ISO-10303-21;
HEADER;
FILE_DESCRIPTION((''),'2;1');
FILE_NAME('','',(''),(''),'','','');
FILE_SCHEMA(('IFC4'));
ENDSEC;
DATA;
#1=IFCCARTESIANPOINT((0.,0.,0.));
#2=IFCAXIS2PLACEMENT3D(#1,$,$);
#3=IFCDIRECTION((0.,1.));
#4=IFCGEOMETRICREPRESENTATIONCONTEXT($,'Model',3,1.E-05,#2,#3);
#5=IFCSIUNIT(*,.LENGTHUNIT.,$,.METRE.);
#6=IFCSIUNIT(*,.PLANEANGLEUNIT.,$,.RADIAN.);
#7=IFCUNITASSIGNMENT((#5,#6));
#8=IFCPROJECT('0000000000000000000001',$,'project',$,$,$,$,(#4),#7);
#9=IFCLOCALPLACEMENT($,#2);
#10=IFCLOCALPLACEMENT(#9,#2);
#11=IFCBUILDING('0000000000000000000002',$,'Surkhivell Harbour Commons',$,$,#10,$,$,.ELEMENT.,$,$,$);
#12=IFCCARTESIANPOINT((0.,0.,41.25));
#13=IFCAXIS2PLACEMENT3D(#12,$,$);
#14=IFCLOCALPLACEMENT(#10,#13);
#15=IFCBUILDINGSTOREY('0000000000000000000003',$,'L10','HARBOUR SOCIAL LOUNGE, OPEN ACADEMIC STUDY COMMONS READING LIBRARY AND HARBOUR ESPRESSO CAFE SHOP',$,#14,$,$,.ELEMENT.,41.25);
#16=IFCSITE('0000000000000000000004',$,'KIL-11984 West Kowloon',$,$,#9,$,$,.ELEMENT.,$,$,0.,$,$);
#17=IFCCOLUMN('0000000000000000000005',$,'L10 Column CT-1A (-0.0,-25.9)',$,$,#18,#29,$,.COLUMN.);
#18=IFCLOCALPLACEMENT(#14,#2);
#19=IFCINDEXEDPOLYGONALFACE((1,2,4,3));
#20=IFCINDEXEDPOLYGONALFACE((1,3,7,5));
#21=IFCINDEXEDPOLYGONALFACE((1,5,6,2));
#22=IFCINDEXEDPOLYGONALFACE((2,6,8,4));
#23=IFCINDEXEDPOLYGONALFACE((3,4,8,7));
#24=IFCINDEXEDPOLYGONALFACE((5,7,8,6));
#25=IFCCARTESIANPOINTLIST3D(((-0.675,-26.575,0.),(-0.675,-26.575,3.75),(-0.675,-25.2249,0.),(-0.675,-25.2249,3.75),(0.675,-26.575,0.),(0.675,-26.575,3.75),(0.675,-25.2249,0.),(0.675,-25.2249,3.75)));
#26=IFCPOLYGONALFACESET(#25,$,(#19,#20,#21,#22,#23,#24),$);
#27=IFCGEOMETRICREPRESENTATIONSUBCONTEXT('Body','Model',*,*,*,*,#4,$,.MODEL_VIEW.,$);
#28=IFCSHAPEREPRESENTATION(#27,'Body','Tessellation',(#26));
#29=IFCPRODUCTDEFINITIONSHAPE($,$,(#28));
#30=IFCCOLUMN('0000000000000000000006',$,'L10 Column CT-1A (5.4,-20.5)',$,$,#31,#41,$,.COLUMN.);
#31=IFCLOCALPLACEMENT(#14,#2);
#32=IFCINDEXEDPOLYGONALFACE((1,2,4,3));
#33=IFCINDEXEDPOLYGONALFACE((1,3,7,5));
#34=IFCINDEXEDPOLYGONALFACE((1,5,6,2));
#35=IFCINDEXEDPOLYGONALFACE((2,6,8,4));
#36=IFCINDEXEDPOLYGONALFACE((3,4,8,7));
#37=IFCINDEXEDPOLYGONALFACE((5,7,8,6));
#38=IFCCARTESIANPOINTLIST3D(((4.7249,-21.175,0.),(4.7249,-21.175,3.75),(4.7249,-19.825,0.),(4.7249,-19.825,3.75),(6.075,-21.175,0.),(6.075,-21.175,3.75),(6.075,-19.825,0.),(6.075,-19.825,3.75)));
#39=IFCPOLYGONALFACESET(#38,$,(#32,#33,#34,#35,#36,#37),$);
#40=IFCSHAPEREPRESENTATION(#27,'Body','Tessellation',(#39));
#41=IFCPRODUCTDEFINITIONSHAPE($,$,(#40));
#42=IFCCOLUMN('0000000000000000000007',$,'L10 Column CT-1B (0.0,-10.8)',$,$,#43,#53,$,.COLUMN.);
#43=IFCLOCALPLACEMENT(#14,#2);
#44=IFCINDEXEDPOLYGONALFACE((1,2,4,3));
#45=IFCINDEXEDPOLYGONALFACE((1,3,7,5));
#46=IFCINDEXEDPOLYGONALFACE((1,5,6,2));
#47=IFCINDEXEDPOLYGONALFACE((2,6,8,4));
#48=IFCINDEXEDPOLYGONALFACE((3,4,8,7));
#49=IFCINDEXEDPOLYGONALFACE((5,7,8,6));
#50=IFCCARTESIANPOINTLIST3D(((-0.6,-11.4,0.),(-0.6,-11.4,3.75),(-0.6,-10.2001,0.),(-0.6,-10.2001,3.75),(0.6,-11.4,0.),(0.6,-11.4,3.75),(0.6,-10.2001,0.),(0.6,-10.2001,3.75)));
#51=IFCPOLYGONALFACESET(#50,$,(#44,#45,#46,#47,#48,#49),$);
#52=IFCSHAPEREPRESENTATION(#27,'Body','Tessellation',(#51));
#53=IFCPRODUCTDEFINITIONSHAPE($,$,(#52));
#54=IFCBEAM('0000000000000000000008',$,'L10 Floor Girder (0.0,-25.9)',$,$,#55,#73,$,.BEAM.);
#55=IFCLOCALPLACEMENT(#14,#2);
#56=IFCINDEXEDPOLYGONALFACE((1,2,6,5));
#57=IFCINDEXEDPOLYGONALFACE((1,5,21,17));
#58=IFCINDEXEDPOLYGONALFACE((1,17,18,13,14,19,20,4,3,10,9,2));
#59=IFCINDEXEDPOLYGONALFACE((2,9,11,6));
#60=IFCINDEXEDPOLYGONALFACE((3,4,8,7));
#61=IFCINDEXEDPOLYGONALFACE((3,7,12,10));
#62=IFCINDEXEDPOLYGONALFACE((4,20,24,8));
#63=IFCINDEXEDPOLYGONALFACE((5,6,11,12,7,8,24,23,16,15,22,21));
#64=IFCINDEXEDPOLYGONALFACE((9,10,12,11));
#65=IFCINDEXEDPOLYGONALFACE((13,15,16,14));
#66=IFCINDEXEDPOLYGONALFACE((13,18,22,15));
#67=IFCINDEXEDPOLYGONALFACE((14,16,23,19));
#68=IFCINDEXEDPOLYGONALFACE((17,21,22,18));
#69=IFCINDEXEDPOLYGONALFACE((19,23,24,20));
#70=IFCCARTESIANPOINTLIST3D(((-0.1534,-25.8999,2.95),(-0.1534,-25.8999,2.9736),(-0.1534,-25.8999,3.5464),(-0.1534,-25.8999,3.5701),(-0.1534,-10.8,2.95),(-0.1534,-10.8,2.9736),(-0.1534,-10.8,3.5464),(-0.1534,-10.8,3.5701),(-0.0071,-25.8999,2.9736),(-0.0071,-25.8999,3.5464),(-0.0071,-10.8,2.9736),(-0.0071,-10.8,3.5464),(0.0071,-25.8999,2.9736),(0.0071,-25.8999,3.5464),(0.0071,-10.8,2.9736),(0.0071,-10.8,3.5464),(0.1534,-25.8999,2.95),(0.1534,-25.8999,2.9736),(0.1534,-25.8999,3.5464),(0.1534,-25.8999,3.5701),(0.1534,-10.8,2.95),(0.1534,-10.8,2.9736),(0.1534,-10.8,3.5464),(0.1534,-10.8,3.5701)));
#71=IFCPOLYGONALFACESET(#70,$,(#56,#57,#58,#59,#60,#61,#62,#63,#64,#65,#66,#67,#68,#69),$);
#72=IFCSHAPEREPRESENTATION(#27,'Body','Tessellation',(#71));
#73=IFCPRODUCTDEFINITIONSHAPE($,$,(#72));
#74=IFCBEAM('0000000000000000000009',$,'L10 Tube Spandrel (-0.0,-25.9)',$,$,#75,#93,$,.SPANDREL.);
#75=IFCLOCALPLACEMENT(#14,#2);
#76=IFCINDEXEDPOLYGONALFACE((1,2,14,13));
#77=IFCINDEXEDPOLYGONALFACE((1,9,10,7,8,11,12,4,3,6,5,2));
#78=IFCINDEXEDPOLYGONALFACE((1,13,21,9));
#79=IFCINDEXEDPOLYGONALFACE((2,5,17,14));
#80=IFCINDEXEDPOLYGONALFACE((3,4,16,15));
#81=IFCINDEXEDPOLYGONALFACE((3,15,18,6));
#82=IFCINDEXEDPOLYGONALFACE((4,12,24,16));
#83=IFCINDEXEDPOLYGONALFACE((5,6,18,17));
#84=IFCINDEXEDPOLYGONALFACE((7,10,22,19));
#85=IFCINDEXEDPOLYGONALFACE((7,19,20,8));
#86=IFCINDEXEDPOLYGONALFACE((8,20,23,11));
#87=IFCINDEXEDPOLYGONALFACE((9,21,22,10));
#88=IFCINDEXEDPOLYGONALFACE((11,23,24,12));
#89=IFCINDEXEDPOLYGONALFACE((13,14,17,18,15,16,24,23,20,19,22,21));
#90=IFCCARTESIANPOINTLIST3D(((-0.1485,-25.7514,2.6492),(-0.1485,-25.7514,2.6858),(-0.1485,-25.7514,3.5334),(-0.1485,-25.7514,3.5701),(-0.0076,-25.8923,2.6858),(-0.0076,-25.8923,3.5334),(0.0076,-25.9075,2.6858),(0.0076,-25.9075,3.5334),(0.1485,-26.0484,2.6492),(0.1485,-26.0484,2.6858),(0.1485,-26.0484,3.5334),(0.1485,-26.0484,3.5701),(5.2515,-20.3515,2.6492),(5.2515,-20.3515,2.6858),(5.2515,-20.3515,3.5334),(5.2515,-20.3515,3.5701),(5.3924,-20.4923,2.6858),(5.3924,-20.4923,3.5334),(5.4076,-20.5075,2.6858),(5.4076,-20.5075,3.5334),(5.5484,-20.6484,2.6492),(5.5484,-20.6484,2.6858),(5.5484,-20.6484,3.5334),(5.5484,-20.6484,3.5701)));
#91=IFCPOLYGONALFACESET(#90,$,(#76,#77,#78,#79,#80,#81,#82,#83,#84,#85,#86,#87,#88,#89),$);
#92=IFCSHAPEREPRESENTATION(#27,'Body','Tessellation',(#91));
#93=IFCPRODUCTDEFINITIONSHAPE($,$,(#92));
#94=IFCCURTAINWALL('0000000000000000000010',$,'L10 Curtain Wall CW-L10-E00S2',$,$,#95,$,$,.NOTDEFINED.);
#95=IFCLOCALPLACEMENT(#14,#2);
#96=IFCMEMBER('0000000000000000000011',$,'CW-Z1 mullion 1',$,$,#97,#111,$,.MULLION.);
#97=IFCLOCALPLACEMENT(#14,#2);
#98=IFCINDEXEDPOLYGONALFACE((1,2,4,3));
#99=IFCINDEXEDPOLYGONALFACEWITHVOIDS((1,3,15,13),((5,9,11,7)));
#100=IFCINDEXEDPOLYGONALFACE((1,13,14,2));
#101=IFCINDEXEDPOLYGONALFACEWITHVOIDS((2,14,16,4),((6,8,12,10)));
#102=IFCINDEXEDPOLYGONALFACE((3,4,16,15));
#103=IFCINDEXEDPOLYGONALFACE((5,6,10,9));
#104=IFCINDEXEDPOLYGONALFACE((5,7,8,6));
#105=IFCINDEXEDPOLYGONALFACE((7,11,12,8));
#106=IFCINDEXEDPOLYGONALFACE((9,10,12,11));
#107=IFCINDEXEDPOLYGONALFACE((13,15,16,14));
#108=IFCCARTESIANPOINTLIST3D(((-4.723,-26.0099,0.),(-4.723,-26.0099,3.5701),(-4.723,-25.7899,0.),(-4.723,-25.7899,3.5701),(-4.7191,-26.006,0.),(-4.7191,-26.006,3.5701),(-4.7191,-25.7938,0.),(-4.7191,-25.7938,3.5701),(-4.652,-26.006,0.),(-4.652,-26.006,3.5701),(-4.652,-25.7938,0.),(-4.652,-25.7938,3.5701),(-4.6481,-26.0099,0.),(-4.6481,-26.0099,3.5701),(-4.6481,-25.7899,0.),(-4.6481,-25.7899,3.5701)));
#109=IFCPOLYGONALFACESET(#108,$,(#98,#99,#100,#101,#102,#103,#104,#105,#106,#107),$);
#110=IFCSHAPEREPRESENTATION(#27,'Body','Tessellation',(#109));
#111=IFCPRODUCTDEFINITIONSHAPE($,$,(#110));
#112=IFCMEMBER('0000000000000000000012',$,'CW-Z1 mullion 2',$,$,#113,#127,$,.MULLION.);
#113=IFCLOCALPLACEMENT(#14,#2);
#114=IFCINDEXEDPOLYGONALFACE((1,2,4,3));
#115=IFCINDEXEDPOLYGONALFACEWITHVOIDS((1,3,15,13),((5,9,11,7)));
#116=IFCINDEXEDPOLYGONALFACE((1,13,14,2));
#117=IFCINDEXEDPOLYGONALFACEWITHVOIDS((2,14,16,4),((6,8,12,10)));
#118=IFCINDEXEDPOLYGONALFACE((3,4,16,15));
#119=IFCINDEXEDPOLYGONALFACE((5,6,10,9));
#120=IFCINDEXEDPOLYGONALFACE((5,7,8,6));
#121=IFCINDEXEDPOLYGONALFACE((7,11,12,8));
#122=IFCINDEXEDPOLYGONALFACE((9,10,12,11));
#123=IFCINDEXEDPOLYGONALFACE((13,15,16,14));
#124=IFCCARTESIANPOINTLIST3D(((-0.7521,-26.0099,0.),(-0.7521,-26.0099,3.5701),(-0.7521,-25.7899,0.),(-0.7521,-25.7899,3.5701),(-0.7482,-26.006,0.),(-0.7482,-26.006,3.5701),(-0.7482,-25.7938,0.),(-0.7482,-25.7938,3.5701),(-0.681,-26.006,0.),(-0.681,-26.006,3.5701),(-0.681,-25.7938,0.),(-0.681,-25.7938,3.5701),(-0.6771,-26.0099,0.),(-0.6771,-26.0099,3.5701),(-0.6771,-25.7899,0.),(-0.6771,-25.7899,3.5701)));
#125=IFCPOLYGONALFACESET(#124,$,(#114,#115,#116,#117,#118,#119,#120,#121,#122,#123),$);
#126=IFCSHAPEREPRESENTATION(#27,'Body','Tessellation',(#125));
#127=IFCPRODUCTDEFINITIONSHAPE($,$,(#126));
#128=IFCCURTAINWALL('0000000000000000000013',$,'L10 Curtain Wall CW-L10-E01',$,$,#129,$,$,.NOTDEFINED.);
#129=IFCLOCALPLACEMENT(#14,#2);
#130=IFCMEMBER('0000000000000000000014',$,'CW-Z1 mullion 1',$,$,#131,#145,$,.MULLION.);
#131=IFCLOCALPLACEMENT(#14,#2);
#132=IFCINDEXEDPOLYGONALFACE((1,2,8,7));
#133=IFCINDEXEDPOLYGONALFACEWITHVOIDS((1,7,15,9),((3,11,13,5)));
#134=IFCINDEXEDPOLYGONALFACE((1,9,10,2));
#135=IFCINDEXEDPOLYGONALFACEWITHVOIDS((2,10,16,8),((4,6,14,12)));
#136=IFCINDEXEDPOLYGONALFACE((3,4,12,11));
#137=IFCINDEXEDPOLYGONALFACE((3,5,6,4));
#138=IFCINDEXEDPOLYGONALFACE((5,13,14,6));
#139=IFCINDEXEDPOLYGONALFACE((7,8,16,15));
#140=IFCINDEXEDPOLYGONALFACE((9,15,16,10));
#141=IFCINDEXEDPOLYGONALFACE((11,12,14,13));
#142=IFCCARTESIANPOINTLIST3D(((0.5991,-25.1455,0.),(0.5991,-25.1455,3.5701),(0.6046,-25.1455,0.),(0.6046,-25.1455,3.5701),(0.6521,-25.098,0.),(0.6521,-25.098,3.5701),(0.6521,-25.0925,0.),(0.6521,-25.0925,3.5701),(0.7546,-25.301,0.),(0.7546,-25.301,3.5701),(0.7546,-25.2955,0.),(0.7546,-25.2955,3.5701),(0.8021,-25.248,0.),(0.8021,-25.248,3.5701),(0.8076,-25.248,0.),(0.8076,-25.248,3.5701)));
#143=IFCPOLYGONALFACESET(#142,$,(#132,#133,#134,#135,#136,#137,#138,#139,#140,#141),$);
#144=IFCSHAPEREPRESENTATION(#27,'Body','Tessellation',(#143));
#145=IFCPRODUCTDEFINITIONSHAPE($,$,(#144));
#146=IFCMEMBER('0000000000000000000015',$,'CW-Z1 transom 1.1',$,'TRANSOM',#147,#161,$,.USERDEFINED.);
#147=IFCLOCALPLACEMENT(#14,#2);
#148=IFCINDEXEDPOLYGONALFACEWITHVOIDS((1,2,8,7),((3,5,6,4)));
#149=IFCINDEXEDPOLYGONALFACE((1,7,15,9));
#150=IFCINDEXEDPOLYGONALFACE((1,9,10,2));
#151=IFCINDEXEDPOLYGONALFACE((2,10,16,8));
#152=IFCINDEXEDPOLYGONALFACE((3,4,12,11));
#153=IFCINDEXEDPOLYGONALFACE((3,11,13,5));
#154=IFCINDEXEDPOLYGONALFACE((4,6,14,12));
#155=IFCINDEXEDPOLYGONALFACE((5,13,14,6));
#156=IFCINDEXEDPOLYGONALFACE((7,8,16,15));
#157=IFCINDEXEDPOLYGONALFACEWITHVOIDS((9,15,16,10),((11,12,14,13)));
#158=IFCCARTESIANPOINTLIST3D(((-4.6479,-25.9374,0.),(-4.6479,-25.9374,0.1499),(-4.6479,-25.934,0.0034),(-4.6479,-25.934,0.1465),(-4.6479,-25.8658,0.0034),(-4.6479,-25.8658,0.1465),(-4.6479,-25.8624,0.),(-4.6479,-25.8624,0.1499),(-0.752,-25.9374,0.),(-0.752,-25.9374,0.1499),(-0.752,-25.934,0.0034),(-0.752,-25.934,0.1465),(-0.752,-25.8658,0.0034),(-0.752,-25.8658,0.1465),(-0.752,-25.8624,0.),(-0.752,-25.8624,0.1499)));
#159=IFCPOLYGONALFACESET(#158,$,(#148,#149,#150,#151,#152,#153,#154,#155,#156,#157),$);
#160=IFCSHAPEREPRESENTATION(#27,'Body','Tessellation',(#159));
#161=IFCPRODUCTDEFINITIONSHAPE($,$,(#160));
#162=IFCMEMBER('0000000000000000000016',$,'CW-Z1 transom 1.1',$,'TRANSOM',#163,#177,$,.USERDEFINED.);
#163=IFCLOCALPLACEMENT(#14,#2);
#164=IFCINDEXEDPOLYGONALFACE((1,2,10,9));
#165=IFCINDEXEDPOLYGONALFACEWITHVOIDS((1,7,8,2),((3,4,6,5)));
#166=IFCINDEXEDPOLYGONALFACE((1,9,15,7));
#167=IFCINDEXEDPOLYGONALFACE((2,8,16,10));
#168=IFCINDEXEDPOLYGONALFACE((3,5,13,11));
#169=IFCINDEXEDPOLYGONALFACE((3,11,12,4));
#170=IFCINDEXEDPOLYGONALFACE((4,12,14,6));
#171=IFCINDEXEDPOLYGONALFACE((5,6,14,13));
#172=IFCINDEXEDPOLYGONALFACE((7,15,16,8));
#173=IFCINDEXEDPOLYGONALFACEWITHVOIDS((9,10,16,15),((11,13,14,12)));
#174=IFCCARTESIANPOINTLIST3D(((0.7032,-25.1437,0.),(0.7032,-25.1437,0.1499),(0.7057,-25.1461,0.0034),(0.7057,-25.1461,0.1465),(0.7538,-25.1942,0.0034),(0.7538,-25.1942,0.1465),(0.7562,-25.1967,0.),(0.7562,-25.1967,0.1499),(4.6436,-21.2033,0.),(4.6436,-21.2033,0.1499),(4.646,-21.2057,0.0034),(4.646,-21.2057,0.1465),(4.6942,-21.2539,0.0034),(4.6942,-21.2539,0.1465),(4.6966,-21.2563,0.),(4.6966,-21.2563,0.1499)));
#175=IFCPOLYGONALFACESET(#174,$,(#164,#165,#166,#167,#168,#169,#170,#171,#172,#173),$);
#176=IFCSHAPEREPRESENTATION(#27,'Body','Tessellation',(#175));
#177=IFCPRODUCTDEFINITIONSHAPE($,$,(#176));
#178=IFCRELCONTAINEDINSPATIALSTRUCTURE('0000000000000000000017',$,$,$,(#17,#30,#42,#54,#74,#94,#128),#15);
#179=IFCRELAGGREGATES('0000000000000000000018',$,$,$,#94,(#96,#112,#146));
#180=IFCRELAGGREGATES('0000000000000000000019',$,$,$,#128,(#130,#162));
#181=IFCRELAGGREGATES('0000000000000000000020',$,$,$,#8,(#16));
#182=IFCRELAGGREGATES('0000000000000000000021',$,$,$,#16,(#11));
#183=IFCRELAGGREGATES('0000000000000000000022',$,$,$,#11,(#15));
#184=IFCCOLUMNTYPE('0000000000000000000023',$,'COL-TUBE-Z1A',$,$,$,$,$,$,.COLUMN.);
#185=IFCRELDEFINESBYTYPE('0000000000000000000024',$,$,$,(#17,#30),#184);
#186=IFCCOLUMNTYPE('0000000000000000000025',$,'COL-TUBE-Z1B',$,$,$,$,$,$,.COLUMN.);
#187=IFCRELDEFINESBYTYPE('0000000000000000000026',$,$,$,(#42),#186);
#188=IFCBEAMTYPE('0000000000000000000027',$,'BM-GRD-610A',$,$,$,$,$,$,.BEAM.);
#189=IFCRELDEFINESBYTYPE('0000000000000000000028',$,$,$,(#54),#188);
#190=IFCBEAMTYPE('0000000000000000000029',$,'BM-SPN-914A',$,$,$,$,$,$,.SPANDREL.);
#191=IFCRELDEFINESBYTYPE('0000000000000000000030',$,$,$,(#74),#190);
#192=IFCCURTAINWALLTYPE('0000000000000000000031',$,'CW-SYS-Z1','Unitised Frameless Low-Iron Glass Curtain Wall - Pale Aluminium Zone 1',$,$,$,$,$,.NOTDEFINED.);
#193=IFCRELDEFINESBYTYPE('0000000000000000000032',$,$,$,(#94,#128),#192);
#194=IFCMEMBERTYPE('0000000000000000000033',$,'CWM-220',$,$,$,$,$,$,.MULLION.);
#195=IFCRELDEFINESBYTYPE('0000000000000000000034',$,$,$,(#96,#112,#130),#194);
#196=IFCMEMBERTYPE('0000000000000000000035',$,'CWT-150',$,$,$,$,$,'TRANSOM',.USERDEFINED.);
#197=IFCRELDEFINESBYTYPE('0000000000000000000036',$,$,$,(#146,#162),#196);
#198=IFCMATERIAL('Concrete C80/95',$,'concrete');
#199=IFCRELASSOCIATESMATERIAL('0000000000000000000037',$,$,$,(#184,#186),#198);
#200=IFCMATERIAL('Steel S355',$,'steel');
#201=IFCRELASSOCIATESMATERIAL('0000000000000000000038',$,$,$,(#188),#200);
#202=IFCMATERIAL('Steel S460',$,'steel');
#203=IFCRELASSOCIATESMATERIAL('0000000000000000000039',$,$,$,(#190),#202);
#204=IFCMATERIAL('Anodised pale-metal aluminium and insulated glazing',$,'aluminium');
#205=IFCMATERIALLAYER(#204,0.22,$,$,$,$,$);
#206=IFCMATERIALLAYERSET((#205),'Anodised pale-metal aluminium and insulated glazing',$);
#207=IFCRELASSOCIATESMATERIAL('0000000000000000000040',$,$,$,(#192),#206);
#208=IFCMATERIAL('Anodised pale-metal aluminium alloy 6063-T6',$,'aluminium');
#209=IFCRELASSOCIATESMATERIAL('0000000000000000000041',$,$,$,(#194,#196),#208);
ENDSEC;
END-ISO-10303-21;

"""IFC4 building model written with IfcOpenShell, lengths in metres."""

from ifc_helpers import new_model, si_unit, direction, frame, origin, origin_2d, place, context, subcontext, project, spatial, rectangle, hollow_rectangle, i_section, extrude, material, layer, layer_set, material_profile, profile_set, type_object, element, aggregate, save


model = new_model("IFC4")

# Units and contexts
model_context = context("Model", 3, precision=1e-05, world=origin(), true_north=direction((0.0, 1.0)))
body_context = subcontext(model_context, "Body", "Model", "MODEL_VIEW")
ifc_project = project(units=[si_unit("LENGTHUNIT", "METRE"), si_unit("PLANEANGLEUNIT", "RADIAN")], contexts=[model_context])

# Site, building, storey
site_placement = place(None, origin())
site = spatial("IfcSite", under=ifc_project, at=site_placement, Name="KIL-11984 West Kowloon", CompositionType="ELEMENT", RefElevation=0.0)
building_placement = place(site_placement, origin())
building = spatial("IfcBuilding", under=site, at=building_placement, Name="Surkhivell Harbour Commons", CompositionType="ELEMENT")
storey_placement = place(building_placement, frame((0.0, 0.0, 41.25)))
storey = spatial("IfcBuildingStorey", under=building, at=storey_placement, Name="L10", Description="HARBOUR SOCIAL LOUNGE, OPEN ACADEMIC STUDY COMMONS READING LIBRARY AND HARBOUR ESPRESSO CAFE SHOP", CompositionType="ELEMENT", Elevation=41.25)

# Columns
ifc_material_1 = material(Name="Concrete C80/95", Category="concrete")
ifc_material_profile_1 = material_profile(ifc_material_1, rectangle(XDim=1.3501, YDim=1.3501, at=origin_2d()), Name="RC-COL-1350x1350")
ifc_profile_set_1 = profile_set([ifc_material_profile_1], Name="Concrete C80/95")
column_type_1 = type_object("IfcColumnType", Name="COL-TUBE-Z1A", PredefinedType="COLUMN", material=ifc_profile_set_1)
for number, where, z_axis, x_axis, name in (
    (1, (0.0, -25.8999, 0.0), (0.0, 0.0, 1.0), (1.0, 0.0, 0.0), "L10 Column CT-1A (-0.0,-25.9)"),
    (2, (5.3999, -20.5, 0.0), (0.0, 0.0, 1.0), (1.0, 0.0, 0.0), "L10 Column CT-1A (5.4,-20.5)"),
):
    element("IfcColumn", number, at=place(storey_placement, frame(where, z_axis=z_axis, x_axis=x_axis)), inside=storey, type_object=column_type_1, Name=name, PredefinedType="COLUMN", context=body_context, shape_type="SweptSolid", body=[
        extrude(rectangle(XDim=1.3501, YDim=1.3501, at=origin_2d()), origin(), (0.0, 0.0, 1.0), 3.75),
    ])
ifc_material_profile_2 = material_profile(ifc_material_1, rectangle(XDim=1.2, YDim=1.2, at=origin_2d()), Name="RC-COL-1200x1200")
ifc_profile_set_2 = profile_set([ifc_material_profile_2], Name="Concrete C80/95")
column_type_2 = type_object("IfcColumnType", Name="COL-TUBE-Z1B", PredefinedType="COLUMN", material=ifc_profile_set_2)
column_placement = place(storey_placement, frame((0.0, -10.8, 0.0), z_axis=(0.0, 0.0, 1.0), x_axis=(1.0, 0.0, 0.0)))
element("IfcColumn", 3, at=column_placement, inside=storey, type_object=column_type_2, Name="L10 Column CT-1B (0.0,-10.8)", PredefinedType="COLUMN", context=body_context, shape_type="SweptSolid", body=[
    extrude(rectangle(XDim=1.2, YDim=1.2, at=origin_2d()), origin(), (0.0, 0.0, 1.0), 3.75),
])

# Beams
ifc_material_2 = material(Name="Steel S355", Category="steel")
ifc_material_profile_3 = material_profile(ifc_material_2, i_section(OverallWidth=0.3069, OverallDepth=0.6201, WebThickness=0.0142, FlangeThickness=0.0237, at=origin_2d()), Name="UB610x305x179")
ifc_profile_set_3 = profile_set([ifc_material_profile_3], Name="Steel S355")
beam_type_1 = type_object("IfcBeamType", Name="BM-GRD-610A", PredefinedType="BEAM", material=ifc_profile_set_3)
beam_1_placement = place(storey_placement, frame((0.0, -25.8999, 3.26), z_axis=(0.0, 1.0, 0.0), x_axis=(-1.0, 0.0, 0.0)))
element("IfcBeam", 4, at=beam_1_placement, inside=storey, type_object=beam_type_1, Name="L10 Floor Girder (0.0,-25.9)", PredefinedType="BEAM", context=body_context, shape_type="SweptSolid", body=[
    extrude(i_section(OverallWidth=0.3069, OverallDepth=0.6201, WebThickness=0.0142, FlangeThickness=0.0237, at=origin_2d()), origin(), (0.0, 0.0, 1.0), 15.0999),
])
ifc_material_3 = material(Name="Steel S460", Category="steel")
ifc_material_profile_4 = material_profile(ifc_material_3, i_section(OverallWidth=0.4199, OverallDepth=0.9209, WebThickness=0.0215, FlangeThickness=0.0366, at=origin_2d()), Name="UB914x419x388")
ifc_profile_set_4 = profile_set([ifc_material_profile_4], Name="Steel S460")
beam_type_2 = type_object("IfcBeamType", Name="BM-SPN-914A", PredefinedType="SPANDREL", material=ifc_profile_set_4)
beam_2_placement = place(storey_placement, frame((0.0, -25.8999, 3.1096), z_axis=(0.707107, 0.707107, 0.0), x_axis=(-0.707107, 0.707107, 0.0)))
element("IfcBeam", 5, at=beam_2_placement, inside=storey, type_object=beam_type_2, Name="L10 Tube Spandrel (-0.0,-25.9)", PredefinedType="SPANDREL", context=body_context, shape_type="SweptSolid", body=[
    extrude(i_section(OverallWidth=0.4199, OverallDepth=0.9209, WebThickness=0.0215, FlangeThickness=0.0366, at=origin_2d()), origin(), (0.0, 0.0, 1.0), 7.6367),
])

# Curtain wall, members
ifc_material_4 = material(Name="Anodised pale-metal aluminium and insulated glazing", Category="aluminium")
ifc_layer_1 = layer(ifc_material_4, 0.22)
ifc_layer_set_1 = layer_set([ifc_layer_1], Name="Anodised pale-metal aluminium and insulated glazing")
curtain_wall_type = type_object("IfcCurtainWallType", Name="CW-SYS-Z1", Description="Unitised Frameless Low-Iron Glass Curtain Wall - Pale Aluminium Zone 1", PredefinedType="NOTDEFINED", material=ifc_layer_set_1)
curtain_wall_1_placement = place(storey_placement, origin())
curtain_wall_1 = element("IfcCurtainWall", 6, at=curtain_wall_1_placement, inside=storey, type_object=curtain_wall_type, Name="L10 Curtain Wall CW-L10-E00S2", PredefinedType="NOTDEFINED")
ifc_material_5 = material(Name="Anodised pale-metal aluminium alloy 6063-T6", Category="aluminium")
ifc_material_profile_5 = material_profile(ifc_material_5, hollow_rectangle(XDim=0.075, YDim=0.22, WallThickness=0.0039, at=origin_2d()), Name="ALU-MULL-75x220")
ifc_profile_set_5 = profile_set([ifc_material_profile_5], Name="Anodised pale-metal aluminium alloy 6063-T6")
member_type_1 = type_object("IfcMemberType", Name="CWM-220", PredefinedType="MULLION", material=ifc_profile_set_5)
member_1_placement = place(storey_placement, frame((-4.6855, -25.8999, 0.0), z_axis=(0.0, 0.0, 1.0), x_axis=(1.0, 0.0, 0.0)))
member_1 = element("IfcMember", 7, at=member_1_placement, type_object=member_type_1, Name="CW-Z1 mullion 1", PredefinedType="MULLION", context=body_context, shape_type="SweptSolid", body=[
    extrude(hollow_rectangle(XDim=0.075, YDim=0.22, WallThickness=0.0039, at=origin_2d()), origin(), (0.0, 0.0, 1.0), 3.5701),
])
member_2_placement = place(storey_placement, frame((-0.7146, -25.8999, 0.0), z_axis=(0.0, 0.0, 1.0), x_axis=(1.0, 0.0, 0.0)))
member_2 = element("IfcMember", 8, at=member_2_placement, type_object=member_type_1, Name="CW-Z1 mullion 2", PredefinedType="MULLION", context=body_context, shape_type="SweptSolid", body=[
    extrude(hollow_rectangle(XDim=0.075, YDim=0.22, WallThickness=0.0039, at=origin_2d()), origin(), (0.0, 0.0, 1.0), 3.5701),
])

# Curtain wall, member
curtain_wall_2_placement = place(storey_placement, origin())
curtain_wall_2 = element("IfcCurtainWall", 9, at=curtain_wall_2_placement, inside=storey, type_object=curtain_wall_type, Name="L10 Curtain Wall CW-L10-E01", PredefinedType="NOTDEFINED")
member_3_placement = place(storey_placement, frame((0.7034, -25.1968, 0.0), z_axis=(0.0, 0.0, 1.0), x_axis=(0.707107, 0.707107, 0.0)))
member_3 = element("IfcMember", 10, at=member_3_placement, type_object=member_type_1, Name="CW-Z1 mullion 1", PredefinedType="MULLION", context=body_context, shape_type="SweptSolid", body=[
    extrude(hollow_rectangle(XDim=0.075, YDim=0.22, WallThickness=0.0039, at=origin_2d()), origin(), (0.0, 0.0, 1.0), 3.5701),
])

# Members
ifc_material_profile_6 = material_profile(ifc_material_5, hollow_rectangle(XDim=0.075, YDim=0.1499, WallThickness=0.0034, at=origin_2d()), Name="ALU-TRAN-75x150")
ifc_profile_set_6 = profile_set([ifc_material_profile_6], Name="Anodised pale-metal aluminium alloy 6063-T6")
member_type_2 = type_object("IfcMemberType", Name="CWT-150", ElementType="TRANSOM", PredefinedType="USERDEFINED", material=ifc_profile_set_6)
member_4_placement = place(storey_placement, frame((-4.6479, -25.8999, 0.075), z_axis=(1.0, 0.0, 0.0), x_axis=(0.0, 1.0, 0.0)))
member_4 = element("IfcMember", 11, at=member_4_placement, type_object=member_type_2, Name="CW-Z1 transom 1.1", ObjectType="TRANSOM", PredefinedType="USERDEFINED", context=body_context, shape_type="SweptSolid", body=[
    extrude(hollow_rectangle(XDim=0.075, YDim=0.1499, WallThickness=0.0034, at=origin_2d()), origin(), (0.0, 0.0, 1.0), 3.896),
])
member_5_placement = place(storey_placement, frame((0.7297, -25.1702, 0.075), z_axis=(0.707107, 0.707107, 0.0), x_axis=(-0.707107, 0.707107, 0.0)))
member_5 = element("IfcMember", 12, at=member_5_placement, type_object=member_type_2, Name="CW-Z1 transom 1.1", ObjectType="TRANSOM", PredefinedType="USERDEFINED", context=body_context, shape_type="SweptSolid", body=[
    extrude(hollow_rectangle(XDim=0.075, YDim=0.1499, WallThickness=0.0034, at=origin_2d()), origin(), (0.0, 0.0, 1.0), 5.5725),
])

aggregate(curtain_wall_1, [member_1, member_2, member_4])
aggregate(curtain_wall_2, [member_3, member_5])

save(model, "model.ifc")
